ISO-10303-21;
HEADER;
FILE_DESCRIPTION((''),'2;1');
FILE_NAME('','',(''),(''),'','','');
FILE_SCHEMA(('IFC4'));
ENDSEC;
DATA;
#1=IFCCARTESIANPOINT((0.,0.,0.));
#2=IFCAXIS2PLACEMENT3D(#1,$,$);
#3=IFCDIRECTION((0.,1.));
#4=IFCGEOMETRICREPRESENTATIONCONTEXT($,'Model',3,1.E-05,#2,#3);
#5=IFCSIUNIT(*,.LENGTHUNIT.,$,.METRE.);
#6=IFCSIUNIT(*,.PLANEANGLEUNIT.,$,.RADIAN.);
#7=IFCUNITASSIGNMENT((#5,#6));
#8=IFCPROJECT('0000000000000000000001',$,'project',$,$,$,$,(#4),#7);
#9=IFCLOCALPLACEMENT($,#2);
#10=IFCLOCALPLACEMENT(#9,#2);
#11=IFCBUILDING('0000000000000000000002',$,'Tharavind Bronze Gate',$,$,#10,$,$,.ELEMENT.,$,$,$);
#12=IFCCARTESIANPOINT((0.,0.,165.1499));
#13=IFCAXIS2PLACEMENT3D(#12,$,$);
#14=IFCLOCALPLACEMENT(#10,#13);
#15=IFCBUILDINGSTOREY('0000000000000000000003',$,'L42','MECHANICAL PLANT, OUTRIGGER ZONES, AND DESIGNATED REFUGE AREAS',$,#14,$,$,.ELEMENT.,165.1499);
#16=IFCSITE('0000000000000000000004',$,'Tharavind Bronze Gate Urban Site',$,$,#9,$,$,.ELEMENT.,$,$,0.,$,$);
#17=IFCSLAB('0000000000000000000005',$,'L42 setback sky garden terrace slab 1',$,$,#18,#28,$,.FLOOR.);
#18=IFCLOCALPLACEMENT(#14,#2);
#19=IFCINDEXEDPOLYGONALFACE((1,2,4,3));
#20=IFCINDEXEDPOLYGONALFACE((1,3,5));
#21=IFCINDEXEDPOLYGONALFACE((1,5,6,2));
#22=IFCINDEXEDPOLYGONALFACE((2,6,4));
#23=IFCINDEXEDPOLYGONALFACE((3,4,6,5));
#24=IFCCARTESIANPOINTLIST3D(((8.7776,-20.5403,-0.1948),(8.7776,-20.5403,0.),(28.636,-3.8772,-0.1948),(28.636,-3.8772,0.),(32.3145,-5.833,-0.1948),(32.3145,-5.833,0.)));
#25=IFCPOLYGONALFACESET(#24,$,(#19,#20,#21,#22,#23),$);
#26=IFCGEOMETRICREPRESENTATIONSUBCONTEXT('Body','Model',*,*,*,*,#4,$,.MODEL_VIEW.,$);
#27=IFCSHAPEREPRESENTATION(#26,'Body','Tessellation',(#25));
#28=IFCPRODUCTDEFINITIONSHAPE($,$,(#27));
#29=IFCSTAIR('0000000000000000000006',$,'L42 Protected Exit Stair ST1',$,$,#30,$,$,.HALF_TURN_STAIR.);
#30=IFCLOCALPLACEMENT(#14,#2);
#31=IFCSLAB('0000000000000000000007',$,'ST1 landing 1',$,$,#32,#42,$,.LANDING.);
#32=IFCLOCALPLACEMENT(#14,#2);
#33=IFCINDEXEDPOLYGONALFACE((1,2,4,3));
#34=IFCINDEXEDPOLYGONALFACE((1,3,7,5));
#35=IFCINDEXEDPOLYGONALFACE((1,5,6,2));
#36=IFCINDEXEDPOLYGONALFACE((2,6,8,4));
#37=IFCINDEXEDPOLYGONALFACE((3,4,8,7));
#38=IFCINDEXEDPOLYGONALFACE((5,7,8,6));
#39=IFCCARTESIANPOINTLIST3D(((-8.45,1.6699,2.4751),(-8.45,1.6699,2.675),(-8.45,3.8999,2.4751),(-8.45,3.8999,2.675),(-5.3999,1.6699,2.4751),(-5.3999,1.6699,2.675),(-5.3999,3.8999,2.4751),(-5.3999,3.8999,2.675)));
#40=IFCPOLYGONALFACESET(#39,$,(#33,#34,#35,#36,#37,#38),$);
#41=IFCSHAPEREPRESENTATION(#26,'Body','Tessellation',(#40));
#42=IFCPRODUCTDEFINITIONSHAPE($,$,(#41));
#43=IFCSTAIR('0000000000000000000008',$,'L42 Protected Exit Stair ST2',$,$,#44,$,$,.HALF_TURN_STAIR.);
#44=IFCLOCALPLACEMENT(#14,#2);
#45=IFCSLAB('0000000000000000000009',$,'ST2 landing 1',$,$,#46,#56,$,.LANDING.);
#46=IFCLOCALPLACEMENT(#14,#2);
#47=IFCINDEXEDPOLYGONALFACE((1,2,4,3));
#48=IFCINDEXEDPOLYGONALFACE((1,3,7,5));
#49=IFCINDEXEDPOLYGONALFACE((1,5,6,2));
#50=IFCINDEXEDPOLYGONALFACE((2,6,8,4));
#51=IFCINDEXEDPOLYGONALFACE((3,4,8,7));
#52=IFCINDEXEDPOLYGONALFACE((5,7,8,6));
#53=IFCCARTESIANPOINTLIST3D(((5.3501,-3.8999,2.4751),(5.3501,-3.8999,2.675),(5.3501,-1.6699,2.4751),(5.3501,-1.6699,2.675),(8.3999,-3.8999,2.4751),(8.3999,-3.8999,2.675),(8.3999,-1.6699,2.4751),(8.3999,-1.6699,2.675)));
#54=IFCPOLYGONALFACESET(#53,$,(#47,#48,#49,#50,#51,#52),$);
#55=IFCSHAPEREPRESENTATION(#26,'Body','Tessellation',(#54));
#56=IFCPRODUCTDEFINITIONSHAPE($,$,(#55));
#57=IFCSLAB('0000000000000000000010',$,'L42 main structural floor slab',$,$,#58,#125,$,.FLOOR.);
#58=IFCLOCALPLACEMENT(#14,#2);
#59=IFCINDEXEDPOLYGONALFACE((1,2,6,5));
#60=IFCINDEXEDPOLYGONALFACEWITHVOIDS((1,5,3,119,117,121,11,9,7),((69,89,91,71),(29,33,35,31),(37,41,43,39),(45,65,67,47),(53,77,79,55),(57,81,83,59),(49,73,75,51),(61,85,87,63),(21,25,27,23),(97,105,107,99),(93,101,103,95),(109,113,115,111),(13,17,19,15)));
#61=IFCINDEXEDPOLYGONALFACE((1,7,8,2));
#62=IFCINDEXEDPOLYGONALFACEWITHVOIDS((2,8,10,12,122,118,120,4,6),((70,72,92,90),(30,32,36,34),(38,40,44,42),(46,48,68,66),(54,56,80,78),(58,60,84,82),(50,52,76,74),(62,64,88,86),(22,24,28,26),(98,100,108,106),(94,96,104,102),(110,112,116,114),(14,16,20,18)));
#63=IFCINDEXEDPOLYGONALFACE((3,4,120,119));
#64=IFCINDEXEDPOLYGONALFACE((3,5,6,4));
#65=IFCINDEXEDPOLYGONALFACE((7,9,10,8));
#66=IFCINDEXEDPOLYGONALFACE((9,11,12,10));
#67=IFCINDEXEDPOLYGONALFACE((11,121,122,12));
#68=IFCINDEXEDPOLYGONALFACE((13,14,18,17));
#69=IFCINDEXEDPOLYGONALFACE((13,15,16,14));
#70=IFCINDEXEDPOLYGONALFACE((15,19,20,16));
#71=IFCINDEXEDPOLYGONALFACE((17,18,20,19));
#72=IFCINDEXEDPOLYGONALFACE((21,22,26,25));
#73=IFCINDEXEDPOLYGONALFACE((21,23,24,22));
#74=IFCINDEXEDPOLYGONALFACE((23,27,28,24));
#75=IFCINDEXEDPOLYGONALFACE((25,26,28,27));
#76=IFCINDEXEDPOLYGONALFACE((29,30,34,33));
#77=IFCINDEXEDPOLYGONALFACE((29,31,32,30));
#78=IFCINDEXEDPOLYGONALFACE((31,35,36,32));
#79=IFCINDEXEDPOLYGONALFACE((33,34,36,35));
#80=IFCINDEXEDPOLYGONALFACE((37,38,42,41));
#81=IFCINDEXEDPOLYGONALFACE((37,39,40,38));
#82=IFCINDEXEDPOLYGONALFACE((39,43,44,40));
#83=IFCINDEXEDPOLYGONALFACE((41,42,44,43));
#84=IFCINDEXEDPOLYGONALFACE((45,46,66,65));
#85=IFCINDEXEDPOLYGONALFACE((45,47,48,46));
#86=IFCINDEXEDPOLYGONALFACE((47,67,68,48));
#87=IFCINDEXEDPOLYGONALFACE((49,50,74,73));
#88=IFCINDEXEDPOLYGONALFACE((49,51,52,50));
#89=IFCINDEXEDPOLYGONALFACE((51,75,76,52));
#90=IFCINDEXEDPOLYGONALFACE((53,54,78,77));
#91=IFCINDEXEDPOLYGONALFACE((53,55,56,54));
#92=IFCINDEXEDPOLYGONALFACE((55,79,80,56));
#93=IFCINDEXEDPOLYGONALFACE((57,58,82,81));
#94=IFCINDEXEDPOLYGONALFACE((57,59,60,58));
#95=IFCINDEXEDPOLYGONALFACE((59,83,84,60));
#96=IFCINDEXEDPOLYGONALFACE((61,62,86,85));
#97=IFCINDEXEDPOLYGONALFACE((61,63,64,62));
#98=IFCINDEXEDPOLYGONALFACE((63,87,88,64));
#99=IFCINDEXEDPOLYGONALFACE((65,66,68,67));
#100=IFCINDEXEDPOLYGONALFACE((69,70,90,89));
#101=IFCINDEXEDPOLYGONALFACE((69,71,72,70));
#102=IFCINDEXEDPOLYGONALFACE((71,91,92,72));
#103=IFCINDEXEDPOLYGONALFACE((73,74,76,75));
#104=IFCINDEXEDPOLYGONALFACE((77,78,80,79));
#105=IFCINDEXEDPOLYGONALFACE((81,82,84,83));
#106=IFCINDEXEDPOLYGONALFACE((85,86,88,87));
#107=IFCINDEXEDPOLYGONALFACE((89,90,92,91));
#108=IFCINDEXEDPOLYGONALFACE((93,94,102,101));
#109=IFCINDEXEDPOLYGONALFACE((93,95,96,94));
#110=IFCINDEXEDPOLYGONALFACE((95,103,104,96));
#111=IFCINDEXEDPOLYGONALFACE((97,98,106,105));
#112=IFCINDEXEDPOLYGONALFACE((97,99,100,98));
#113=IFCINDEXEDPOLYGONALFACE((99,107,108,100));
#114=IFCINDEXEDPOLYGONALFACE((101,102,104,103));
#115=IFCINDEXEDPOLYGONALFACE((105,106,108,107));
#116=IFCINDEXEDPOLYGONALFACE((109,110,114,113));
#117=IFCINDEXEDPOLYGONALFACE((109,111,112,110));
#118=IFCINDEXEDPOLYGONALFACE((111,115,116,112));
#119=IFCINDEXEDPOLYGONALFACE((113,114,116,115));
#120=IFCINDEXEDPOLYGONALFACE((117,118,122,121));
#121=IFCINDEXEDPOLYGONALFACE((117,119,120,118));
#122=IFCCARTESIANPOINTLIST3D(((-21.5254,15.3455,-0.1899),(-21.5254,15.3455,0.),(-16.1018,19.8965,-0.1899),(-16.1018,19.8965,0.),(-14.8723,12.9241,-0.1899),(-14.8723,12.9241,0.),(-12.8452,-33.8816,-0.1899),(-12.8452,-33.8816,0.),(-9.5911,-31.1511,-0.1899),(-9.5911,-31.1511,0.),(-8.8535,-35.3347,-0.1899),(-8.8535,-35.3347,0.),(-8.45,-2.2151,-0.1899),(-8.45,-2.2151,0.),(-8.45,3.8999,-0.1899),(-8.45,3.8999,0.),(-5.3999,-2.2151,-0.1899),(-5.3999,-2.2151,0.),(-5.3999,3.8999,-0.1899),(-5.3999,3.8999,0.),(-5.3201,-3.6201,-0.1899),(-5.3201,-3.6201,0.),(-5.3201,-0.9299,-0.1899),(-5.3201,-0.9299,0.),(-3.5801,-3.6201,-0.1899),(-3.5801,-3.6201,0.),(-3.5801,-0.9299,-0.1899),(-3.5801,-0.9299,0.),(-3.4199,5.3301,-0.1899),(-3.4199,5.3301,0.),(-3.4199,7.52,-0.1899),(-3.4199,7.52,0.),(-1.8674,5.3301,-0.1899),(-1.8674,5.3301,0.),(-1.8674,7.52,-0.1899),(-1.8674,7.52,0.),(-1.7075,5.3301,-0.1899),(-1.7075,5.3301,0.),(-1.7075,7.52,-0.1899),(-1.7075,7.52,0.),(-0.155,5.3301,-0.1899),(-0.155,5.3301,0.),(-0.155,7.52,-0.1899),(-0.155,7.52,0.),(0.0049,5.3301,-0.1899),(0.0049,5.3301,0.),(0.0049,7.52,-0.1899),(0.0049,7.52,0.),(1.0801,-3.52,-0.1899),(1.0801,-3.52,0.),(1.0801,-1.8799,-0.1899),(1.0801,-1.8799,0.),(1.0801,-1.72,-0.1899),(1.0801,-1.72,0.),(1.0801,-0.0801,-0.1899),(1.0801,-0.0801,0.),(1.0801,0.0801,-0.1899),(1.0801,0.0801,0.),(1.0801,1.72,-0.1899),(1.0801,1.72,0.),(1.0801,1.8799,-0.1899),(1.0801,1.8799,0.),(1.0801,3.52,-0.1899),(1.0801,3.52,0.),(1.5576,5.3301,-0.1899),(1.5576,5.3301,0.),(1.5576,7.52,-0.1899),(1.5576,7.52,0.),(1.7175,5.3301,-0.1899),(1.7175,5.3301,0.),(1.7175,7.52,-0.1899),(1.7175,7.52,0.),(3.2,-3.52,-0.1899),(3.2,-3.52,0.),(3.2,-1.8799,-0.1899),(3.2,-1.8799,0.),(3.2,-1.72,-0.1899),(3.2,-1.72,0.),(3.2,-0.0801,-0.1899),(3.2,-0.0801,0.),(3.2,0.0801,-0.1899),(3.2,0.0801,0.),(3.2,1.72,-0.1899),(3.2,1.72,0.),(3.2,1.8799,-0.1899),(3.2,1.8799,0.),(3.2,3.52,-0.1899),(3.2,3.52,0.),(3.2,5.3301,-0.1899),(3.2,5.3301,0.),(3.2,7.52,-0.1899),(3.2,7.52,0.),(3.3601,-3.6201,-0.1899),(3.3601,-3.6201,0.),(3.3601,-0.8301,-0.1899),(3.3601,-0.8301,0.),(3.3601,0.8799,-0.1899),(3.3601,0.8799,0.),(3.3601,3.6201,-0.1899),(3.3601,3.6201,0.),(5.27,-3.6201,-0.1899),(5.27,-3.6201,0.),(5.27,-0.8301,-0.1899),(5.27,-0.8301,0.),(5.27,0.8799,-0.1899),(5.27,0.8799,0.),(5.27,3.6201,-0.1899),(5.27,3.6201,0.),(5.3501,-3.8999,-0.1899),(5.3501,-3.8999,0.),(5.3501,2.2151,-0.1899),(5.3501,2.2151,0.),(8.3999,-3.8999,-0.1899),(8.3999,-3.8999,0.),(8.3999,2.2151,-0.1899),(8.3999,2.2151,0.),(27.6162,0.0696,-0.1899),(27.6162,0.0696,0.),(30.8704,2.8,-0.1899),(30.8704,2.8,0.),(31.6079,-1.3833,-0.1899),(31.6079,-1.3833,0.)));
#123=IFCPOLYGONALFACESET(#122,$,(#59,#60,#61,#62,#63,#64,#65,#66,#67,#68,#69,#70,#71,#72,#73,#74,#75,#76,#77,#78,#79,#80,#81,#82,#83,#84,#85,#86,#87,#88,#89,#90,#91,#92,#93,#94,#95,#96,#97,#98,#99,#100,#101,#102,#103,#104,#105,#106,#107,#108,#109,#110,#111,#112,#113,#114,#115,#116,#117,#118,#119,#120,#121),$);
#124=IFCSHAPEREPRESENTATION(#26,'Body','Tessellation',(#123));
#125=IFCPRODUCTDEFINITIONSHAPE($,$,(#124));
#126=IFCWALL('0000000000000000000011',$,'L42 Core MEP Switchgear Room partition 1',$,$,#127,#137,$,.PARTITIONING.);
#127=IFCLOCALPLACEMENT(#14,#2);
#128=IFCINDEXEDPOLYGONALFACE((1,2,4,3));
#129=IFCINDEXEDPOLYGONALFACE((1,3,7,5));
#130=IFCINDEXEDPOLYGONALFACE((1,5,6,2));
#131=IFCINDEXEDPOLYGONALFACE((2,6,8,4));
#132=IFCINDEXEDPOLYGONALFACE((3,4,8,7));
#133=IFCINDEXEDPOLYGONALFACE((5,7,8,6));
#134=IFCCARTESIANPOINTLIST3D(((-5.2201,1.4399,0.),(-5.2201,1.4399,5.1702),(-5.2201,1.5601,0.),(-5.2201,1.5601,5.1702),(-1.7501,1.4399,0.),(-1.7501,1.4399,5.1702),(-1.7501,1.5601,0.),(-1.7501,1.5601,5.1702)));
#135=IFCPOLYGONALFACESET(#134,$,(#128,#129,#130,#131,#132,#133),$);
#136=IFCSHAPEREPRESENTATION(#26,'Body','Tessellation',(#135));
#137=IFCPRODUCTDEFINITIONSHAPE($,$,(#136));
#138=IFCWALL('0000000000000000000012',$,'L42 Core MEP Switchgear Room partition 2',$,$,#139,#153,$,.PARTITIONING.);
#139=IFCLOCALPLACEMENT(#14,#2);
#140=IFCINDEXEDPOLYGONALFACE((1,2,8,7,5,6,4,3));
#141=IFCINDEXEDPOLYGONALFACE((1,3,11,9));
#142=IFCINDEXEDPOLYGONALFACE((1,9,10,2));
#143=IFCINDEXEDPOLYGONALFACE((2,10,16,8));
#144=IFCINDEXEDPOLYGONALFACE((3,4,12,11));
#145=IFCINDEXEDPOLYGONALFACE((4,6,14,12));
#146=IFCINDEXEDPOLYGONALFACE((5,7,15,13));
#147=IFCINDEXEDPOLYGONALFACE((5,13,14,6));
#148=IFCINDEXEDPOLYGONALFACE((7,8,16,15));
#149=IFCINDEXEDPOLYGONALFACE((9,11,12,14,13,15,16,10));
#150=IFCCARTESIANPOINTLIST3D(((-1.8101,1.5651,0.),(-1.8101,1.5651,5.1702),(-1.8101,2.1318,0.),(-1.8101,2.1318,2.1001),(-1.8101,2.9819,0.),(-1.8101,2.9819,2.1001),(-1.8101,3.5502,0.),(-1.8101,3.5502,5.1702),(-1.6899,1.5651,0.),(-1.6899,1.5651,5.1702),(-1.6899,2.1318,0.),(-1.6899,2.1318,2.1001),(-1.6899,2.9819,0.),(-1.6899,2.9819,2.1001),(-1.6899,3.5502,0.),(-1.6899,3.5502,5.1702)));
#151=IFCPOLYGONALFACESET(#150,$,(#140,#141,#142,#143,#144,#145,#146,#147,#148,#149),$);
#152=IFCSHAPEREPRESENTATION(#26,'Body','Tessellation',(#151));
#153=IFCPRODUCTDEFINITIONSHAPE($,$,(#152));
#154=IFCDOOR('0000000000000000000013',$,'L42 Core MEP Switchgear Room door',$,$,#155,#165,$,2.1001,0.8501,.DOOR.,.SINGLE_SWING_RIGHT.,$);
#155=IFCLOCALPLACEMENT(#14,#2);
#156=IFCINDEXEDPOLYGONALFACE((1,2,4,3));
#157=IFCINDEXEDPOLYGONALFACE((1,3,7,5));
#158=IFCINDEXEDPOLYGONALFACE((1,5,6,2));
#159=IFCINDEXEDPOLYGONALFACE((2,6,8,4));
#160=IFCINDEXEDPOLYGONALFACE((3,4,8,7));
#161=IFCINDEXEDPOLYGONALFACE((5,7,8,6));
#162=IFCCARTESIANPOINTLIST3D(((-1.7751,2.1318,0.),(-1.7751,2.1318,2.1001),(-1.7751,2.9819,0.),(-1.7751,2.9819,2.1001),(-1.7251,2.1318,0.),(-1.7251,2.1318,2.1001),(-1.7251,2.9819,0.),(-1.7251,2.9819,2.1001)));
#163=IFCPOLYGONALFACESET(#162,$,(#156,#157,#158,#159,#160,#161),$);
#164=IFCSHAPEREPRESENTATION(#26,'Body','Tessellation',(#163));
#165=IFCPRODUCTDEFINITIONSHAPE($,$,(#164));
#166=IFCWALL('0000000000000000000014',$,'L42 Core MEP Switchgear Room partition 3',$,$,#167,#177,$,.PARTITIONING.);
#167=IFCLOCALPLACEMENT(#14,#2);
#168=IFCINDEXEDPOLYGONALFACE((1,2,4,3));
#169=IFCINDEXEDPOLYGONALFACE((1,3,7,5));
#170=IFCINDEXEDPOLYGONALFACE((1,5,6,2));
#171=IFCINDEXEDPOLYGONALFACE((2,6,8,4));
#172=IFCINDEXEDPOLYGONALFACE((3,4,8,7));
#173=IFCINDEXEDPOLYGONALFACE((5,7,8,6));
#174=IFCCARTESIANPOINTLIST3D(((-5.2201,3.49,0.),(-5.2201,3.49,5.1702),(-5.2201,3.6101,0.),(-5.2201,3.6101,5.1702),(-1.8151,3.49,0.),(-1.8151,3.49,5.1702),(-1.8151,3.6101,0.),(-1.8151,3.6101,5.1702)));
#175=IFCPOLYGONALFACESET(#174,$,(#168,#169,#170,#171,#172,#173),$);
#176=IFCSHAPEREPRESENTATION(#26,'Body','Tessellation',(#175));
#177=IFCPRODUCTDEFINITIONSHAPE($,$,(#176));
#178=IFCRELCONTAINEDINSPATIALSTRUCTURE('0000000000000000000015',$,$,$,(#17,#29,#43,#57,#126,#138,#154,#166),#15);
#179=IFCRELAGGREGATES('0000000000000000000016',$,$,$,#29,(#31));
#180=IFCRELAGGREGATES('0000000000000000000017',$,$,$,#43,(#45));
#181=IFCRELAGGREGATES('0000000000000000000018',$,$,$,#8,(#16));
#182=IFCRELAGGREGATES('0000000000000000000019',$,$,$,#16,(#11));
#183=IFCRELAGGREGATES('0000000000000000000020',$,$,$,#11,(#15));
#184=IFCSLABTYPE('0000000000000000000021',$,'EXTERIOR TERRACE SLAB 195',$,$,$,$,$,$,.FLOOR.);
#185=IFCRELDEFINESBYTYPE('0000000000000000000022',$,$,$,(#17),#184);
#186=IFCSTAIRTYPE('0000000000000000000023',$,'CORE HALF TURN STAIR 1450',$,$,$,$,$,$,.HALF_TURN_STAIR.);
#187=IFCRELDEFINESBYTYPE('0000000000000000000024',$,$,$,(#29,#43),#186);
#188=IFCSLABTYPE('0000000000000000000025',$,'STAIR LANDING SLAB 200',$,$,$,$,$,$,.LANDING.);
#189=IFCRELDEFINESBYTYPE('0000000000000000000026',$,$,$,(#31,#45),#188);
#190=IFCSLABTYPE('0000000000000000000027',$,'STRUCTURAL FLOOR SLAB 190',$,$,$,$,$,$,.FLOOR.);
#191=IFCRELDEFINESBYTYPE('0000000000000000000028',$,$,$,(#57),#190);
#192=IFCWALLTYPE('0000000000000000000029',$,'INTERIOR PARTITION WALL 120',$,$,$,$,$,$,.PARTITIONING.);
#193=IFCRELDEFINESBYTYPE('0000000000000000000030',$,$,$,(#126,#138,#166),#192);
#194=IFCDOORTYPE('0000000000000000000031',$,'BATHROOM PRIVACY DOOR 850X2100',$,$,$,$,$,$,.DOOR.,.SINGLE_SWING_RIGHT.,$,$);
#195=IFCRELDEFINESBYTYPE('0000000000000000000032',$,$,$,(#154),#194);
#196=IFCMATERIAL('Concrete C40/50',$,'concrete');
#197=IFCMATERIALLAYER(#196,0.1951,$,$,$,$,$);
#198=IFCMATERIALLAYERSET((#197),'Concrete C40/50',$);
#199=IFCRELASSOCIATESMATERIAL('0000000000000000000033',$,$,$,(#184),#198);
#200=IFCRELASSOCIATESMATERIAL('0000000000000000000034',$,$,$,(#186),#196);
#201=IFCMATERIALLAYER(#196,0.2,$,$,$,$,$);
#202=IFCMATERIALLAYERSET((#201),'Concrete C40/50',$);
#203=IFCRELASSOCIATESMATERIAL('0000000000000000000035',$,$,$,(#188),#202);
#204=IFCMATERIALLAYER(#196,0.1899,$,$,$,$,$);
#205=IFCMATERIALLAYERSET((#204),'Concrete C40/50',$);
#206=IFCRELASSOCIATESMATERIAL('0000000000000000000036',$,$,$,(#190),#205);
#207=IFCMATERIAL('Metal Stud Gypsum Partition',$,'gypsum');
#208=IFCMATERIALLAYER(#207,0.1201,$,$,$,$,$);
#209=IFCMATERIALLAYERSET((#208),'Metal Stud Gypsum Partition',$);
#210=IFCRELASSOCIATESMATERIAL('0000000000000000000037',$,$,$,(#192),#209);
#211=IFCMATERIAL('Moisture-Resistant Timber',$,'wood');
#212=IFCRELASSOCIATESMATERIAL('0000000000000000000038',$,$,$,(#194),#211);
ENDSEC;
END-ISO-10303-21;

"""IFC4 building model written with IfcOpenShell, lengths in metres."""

from ifc_helpers import new_model, si_unit, direction, frame, frame_2d, origin, place, context, subcontext, project, spatial, polyline, rectangle, outline, extrude, material, layer, layer_set, type_object, element, fill, aggregate, save


model = new_model("IFC4")

# Units and contexts
model_context = context("Model", 3, precision=1e-05, world=origin(), true_north=direction((0.0, 1.0)))
body_context = subcontext(model_context, "Body", "Model", "MODEL_VIEW")
ifc_project = project(units=[si_unit("LENGTHUNIT", "METRE"), si_unit("PLANEANGLEUNIT", "RADIAN")], contexts=[model_context])

# Site, building, storey
site_placement = place(None, origin())
site = spatial("IfcSite", under=ifc_project, at=site_placement, Name="Tharavind Bronze Gate Urban Site", CompositionType="ELEMENT", RefElevation=0.0)
building_placement = place(site_placement, origin())
building = spatial("IfcBuilding", under=site, at=building_placement, Name="Tharavind Bronze Gate", CompositionType="ELEMENT")
storey_placement = place(building_placement, frame((0.0, 0.0, 165.1499)))
storey = spatial("IfcBuildingStorey", under=building, at=storey_placement, Name="L42", Description="MECHANICAL PLANT, OUTRIGGER ZONES, AND DESIGNATED REFUGE AREAS", CompositionType="ELEMENT", Elevation=165.1499)

# Slab
ifc_material_1 = material(Name="Concrete C40/50", Category="concrete")
ifc_layer_1 = layer(ifc_material_1, 0.1951)
ifc_layer_set_1 = layer_set([ifc_layer_1], Name="Concrete C40/50")
slab_type_1 = type_object("IfcSlabType", Name="EXTERIOR TERRACE SLAB 195", PredefinedType="FLOOR", material=ifc_layer_set_1)
slab_1_placement = place(storey_placement, frame((0.0, 0.0, -0.1948)))
element("IfcSlab", 1, at=slab_1_placement, inside=storey, type_object=slab_type_1, Name="L42 setback sky garden terrace slab 1", PredefinedType="FLOOR", context=body_context, shape_type="SweptSolid", body=[
    extrude(outline(polyline([(32.3145, -5.833), (8.7776, -20.5403), (28.636, -3.8772), (32.3145, -5.833)])), origin(), (0.0, 0.0, 1.0), 0.1948),
])

# Stairs, slabs
stair_type = type_object("IfcStairType", Name="CORE HALF TURN STAIR 1450", PredefinedType="HALF_TURN_STAIR", material=ifc_material_1)
stair_1_placement = place(storey_placement, origin())
stair_1 = element("IfcStair", 2, at=stair_1_placement, inside=storey, type_object=stair_type, Name="L42 Protected Exit Stair ST1", PredefinedType="HALF_TURN_STAIR")
ifc_layer_2 = layer(ifc_material_1, 0.2)
ifc_layer_set_2 = layer_set([ifc_layer_2], Name="Concrete C40/50")
slab_type_2 = type_object("IfcSlabType", Name="STAIR LANDING SLAB 200", PredefinedType="LANDING", material=ifc_layer_set_2)
slab_2_placement = place(storey_placement, frame((0.0, 0.0, 2.4751)))
slab_2 = element("IfcSlab", 3, at=slab_2_placement, type_object=slab_type_2, Name="ST1 landing 1", PredefinedType="LANDING", context=body_context, shape_type="SweptSolid", body=[
    extrude(outline(polyline([(-5.3999, 1.6699), (-5.3999, 3.8999), (-8.45, 3.8999), (-8.45, 1.6699), (-5.3999, 1.6699)])), origin(), (0.0, 0.0, 1.0), 0.2),
])
aggregate(stair_1, [slab_2])
stair_2_placement = place(storey_placement, origin())
stair_2 = element("IfcStair", 4, at=stair_2_placement, inside=storey, type_object=stair_type, Name="L42 Protected Exit Stair ST2", PredefinedType="HALF_TURN_STAIR")
slab_3_placement = place(storey_placement, frame((0.0, 0.0, 2.4751)))
slab_3 = element("IfcSlab", 5, at=slab_3_placement, type_object=slab_type_2, Name="ST2 landing 1", PredefinedType="LANDING", context=body_context, shape_type="SweptSolid", body=[
    extrude(outline(polyline([(5.3501, -1.6699), (5.3501, -3.8999), (8.3999, -3.8999), (8.3999, -1.6699), (5.3501, -1.6699)])), origin(), (0.0, 0.0, 1.0), 0.2),
])
aggregate(stair_2, [slab_3])

# Slab
ifc_layer_3 = layer(ifc_material_1, 0.1899)
ifc_layer_set_3 = layer_set([ifc_layer_3], Name="Concrete C40/50")
slab_type_3 = type_object("IfcSlabType", Name="STRUCTURAL FLOOR SLAB 190", PredefinedType="FLOOR", material=ifc_layer_set_3)
slab_4_placement = place(storey_placement, frame((0.0, 0.0, -0.1899)))
element("IfcSlab", 6, at=slab_4_placement, inside=storey, type_object=slab_type_3, Name="L42 main structural floor slab", PredefinedType="FLOOR", context=body_context, shape_type="SweptSolid", body=[
    extrude(outline(polyline([(-16.1018, 19.8965), (-14.8723, 12.9241), (-21.5254, 15.3455), (-12.8452, -33.8816), (-9.5911, -31.1511), (-8.8535, -35.3347), (31.6079, -1.3833), (27.6162, 0.0696), (30.8704, 2.8), (-16.1018, 19.8965)]), holes=[polyline([(-5.3999, -2.2151), (-5.3999, 3.8999), (-8.45, 3.8999), (-8.45, -2.2151), (-5.3999, -2.2151)]), polyline([(5.3501, 2.2151), (5.3501, -3.8999), (8.3999, -3.8999), (8.3999, 2.2151), (5.3501, 2.2151)]), polyline([(-3.4199, 5.3301), (-1.8674, 5.3301), (-1.8674, 7.52), (-3.4199, 7.52), (-3.4199, 5.3301)]), polyline([(-1.7075, 5.3301), (-0.155, 5.3301), (-0.155, 7.52), (-1.7075, 7.52), (-1.7075, 5.3301)]), polyline([(0.0049, 5.3301), (1.5576, 5.3301), (1.5576, 7.52), (0.0049, 7.52), (0.0049, 5.3301)]), polyline([(1.7175, 5.3301), (3.2, 5.3301), (3.2, 7.52), (1.7175, 7.52), (1.7175, 5.3301)]), polyline([(1.0801, -3.52), (3.2, -3.52), (3.2, -1.8799), (1.0801, -1.8799), (1.0801, -3.52)]), polyline([(1.0801, -1.72), (3.2, -1.72), (3.2, -0.0801), (1.0801, -0.0801), (1.0801, -1.72)]), polyline([(1.0801, 0.0801), (3.2, 0.0801), (3.2, 1.72), (1.0801, 1.72), (1.0801, 0.0801)]), polyline([(1.0801, 1.8799), (3.2, 1.8799), (3.2, 3.52), (1.0801, 3.52), (1.0801, 1.8799)]), polyline([(-5.3201, -3.6201), (-3.5801, -3.6201), (-3.5801, -0.9299), (-5.3201, -0.9299), (-5.3201, -3.6201)]), polyline([(3.3601, 0.8799), (5.27, 0.8799), (5.27, 3.6201), (3.3601, 3.6201), (3.3601, 0.8799)]), polyline([(3.3601, -3.6201), (5.27, -3.6201), (5.27, -0.8301), (3.3601, -0.8301), (3.3601, -3.6201)])]), origin(), (0.0, 0.0, 1.0), 0.1899),
])

# Wall
ifc_material_2 = material(Name="Metal Stud Gypsum Partition", Category="gypsum")
ifc_layer_4 = layer(ifc_material_2, 0.1201)
ifc_layer_set_4 = layer_set([ifc_layer_4], Name="Metal Stud Gypsum Partition")
wall_type_1 = type_object("IfcWallType", Name="INTERIOR PARTITION WALL 120", PredefinedType="PARTITIONING", material=ifc_layer_set_4)
wall_1_placement = place(storey_placement, frame((-5.22, 1.5, 0.0), z_axis=(0.0, 0.0, 1.0), x_axis=(1.0, 0.0, 0.0)))
element("IfcWall", 7, at=wall_1_placement, inside=storey, type_object=wall_type_1, Name="L42 Core MEP Switchgear Room partition 1", PredefinedType="PARTITIONING", context=body_context, shape_type="SweptSolid", body=[
    extrude(rectangle(XDim=3.47, YDim=0.1201, at=frame_2d((1.7349, 0.0))), origin(), (0.0, 0.0, 1.0), 5.1702),
])

# Wall, opening, door
wall_2_placement = place(storey_placement, frame((-1.75, 1.5649, 0.0), z_axis=(0.0, 0.0, 1.0), x_axis=(0.0, 1.0, 0.0)))
wall_2 = element("IfcWall", 8, at=wall_2_placement, inside=storey, type_object=wall_type_1, Name="L42 Core MEP Switchgear Room partition 2", PredefinedType="PARTITIONING", context=body_context, shape_type="SweptSolid", body=[
    extrude(rectangle(XDim=1.9851, YDim=0.1201, at=frame_2d((0.9927, 0.0))), origin(), (0.0, 0.0, 1.0), 5.1702),
])
opening_1_placement = place(wall_2_placement, frame((0.5669, 0.0, 0.0)))
opening_1 = element("IfcOpeningElement", 9, at=opening_1_placement, cuts=wall_2, PredefinedType="OPENING", context=body_context, shape_type="SweptSolid", body=[
    extrude(rectangle(XDim=0.8501, YDim=2.1001, at=frame_2d((0.425, 1.05))), frame((0.0, 0.0701, 0.0), z_axis=(0.0, -1.0, 0.0), x_axis=(1.0, 0.0, 0.0)), (0.0, 0.0, 1.0), 0.1401),
])
ifc_material_3 = material(Name="Moisture-Resistant Timber", Category="wood")
door_type_1 = type_object("IfcDoorType", Name="BATHROOM PRIVACY DOOR 850X2100", OperationType="SINGLE_SWING_RIGHT", PredefinedType="DOOR", material=ifc_material_3)
door_1_placement = place(opening_1_placement, frame((0.8501, 0.0, 0.0), z_axis=(0.0, 0.0, 1.0), x_axis=(-1.0, 0.0, 0.0)))
door_1 = element("IfcDoor", 10, at=door_1_placement, inside=storey, type_object=door_type_1, Name="L42 Core MEP Switchgear Room door", OperationType="SINGLE_SWING_RIGHT", OverallHeight=2.1001, OverallWidth=0.8501, PredefinedType="DOOR", context=body_context, shape_type="SweptSolid", body=[
    extrude(rectangle(XDim=0.8501, YDim=2.1001, at=frame_2d((0.425, 1.05))), frame((0.0, 0.0249, 0.0), z_axis=(0.0, -1.0, 0.0), x_axis=(1.0, 0.0, 0.0)), (0.0, 0.0, 1.0), 0.05),
])
fill(opening_1, door_1)

# Wall
wall_3_placement = place(storey_placement, frame((-1.8149, 3.55, 0.0), z_axis=(0.0, 0.0, 1.0), x_axis=(-1.0, 0.0, 0.0)))
element("IfcWall", 11, at=wall_3_placement, inside=storey, type_object=wall_type_1, Name="L42 Core MEP Switchgear Room partition 3", PredefinedType="PARTITIONING", context=body_context, shape_type="SweptSolid", body=[
    extrude(rectangle(XDim=3.405, YDim=0.1201, at=frame_2d((1.7026, 0.0))), origin(), (0.0, 0.0, 1.0), 5.1702),
])

save(model, "model.ifc")
